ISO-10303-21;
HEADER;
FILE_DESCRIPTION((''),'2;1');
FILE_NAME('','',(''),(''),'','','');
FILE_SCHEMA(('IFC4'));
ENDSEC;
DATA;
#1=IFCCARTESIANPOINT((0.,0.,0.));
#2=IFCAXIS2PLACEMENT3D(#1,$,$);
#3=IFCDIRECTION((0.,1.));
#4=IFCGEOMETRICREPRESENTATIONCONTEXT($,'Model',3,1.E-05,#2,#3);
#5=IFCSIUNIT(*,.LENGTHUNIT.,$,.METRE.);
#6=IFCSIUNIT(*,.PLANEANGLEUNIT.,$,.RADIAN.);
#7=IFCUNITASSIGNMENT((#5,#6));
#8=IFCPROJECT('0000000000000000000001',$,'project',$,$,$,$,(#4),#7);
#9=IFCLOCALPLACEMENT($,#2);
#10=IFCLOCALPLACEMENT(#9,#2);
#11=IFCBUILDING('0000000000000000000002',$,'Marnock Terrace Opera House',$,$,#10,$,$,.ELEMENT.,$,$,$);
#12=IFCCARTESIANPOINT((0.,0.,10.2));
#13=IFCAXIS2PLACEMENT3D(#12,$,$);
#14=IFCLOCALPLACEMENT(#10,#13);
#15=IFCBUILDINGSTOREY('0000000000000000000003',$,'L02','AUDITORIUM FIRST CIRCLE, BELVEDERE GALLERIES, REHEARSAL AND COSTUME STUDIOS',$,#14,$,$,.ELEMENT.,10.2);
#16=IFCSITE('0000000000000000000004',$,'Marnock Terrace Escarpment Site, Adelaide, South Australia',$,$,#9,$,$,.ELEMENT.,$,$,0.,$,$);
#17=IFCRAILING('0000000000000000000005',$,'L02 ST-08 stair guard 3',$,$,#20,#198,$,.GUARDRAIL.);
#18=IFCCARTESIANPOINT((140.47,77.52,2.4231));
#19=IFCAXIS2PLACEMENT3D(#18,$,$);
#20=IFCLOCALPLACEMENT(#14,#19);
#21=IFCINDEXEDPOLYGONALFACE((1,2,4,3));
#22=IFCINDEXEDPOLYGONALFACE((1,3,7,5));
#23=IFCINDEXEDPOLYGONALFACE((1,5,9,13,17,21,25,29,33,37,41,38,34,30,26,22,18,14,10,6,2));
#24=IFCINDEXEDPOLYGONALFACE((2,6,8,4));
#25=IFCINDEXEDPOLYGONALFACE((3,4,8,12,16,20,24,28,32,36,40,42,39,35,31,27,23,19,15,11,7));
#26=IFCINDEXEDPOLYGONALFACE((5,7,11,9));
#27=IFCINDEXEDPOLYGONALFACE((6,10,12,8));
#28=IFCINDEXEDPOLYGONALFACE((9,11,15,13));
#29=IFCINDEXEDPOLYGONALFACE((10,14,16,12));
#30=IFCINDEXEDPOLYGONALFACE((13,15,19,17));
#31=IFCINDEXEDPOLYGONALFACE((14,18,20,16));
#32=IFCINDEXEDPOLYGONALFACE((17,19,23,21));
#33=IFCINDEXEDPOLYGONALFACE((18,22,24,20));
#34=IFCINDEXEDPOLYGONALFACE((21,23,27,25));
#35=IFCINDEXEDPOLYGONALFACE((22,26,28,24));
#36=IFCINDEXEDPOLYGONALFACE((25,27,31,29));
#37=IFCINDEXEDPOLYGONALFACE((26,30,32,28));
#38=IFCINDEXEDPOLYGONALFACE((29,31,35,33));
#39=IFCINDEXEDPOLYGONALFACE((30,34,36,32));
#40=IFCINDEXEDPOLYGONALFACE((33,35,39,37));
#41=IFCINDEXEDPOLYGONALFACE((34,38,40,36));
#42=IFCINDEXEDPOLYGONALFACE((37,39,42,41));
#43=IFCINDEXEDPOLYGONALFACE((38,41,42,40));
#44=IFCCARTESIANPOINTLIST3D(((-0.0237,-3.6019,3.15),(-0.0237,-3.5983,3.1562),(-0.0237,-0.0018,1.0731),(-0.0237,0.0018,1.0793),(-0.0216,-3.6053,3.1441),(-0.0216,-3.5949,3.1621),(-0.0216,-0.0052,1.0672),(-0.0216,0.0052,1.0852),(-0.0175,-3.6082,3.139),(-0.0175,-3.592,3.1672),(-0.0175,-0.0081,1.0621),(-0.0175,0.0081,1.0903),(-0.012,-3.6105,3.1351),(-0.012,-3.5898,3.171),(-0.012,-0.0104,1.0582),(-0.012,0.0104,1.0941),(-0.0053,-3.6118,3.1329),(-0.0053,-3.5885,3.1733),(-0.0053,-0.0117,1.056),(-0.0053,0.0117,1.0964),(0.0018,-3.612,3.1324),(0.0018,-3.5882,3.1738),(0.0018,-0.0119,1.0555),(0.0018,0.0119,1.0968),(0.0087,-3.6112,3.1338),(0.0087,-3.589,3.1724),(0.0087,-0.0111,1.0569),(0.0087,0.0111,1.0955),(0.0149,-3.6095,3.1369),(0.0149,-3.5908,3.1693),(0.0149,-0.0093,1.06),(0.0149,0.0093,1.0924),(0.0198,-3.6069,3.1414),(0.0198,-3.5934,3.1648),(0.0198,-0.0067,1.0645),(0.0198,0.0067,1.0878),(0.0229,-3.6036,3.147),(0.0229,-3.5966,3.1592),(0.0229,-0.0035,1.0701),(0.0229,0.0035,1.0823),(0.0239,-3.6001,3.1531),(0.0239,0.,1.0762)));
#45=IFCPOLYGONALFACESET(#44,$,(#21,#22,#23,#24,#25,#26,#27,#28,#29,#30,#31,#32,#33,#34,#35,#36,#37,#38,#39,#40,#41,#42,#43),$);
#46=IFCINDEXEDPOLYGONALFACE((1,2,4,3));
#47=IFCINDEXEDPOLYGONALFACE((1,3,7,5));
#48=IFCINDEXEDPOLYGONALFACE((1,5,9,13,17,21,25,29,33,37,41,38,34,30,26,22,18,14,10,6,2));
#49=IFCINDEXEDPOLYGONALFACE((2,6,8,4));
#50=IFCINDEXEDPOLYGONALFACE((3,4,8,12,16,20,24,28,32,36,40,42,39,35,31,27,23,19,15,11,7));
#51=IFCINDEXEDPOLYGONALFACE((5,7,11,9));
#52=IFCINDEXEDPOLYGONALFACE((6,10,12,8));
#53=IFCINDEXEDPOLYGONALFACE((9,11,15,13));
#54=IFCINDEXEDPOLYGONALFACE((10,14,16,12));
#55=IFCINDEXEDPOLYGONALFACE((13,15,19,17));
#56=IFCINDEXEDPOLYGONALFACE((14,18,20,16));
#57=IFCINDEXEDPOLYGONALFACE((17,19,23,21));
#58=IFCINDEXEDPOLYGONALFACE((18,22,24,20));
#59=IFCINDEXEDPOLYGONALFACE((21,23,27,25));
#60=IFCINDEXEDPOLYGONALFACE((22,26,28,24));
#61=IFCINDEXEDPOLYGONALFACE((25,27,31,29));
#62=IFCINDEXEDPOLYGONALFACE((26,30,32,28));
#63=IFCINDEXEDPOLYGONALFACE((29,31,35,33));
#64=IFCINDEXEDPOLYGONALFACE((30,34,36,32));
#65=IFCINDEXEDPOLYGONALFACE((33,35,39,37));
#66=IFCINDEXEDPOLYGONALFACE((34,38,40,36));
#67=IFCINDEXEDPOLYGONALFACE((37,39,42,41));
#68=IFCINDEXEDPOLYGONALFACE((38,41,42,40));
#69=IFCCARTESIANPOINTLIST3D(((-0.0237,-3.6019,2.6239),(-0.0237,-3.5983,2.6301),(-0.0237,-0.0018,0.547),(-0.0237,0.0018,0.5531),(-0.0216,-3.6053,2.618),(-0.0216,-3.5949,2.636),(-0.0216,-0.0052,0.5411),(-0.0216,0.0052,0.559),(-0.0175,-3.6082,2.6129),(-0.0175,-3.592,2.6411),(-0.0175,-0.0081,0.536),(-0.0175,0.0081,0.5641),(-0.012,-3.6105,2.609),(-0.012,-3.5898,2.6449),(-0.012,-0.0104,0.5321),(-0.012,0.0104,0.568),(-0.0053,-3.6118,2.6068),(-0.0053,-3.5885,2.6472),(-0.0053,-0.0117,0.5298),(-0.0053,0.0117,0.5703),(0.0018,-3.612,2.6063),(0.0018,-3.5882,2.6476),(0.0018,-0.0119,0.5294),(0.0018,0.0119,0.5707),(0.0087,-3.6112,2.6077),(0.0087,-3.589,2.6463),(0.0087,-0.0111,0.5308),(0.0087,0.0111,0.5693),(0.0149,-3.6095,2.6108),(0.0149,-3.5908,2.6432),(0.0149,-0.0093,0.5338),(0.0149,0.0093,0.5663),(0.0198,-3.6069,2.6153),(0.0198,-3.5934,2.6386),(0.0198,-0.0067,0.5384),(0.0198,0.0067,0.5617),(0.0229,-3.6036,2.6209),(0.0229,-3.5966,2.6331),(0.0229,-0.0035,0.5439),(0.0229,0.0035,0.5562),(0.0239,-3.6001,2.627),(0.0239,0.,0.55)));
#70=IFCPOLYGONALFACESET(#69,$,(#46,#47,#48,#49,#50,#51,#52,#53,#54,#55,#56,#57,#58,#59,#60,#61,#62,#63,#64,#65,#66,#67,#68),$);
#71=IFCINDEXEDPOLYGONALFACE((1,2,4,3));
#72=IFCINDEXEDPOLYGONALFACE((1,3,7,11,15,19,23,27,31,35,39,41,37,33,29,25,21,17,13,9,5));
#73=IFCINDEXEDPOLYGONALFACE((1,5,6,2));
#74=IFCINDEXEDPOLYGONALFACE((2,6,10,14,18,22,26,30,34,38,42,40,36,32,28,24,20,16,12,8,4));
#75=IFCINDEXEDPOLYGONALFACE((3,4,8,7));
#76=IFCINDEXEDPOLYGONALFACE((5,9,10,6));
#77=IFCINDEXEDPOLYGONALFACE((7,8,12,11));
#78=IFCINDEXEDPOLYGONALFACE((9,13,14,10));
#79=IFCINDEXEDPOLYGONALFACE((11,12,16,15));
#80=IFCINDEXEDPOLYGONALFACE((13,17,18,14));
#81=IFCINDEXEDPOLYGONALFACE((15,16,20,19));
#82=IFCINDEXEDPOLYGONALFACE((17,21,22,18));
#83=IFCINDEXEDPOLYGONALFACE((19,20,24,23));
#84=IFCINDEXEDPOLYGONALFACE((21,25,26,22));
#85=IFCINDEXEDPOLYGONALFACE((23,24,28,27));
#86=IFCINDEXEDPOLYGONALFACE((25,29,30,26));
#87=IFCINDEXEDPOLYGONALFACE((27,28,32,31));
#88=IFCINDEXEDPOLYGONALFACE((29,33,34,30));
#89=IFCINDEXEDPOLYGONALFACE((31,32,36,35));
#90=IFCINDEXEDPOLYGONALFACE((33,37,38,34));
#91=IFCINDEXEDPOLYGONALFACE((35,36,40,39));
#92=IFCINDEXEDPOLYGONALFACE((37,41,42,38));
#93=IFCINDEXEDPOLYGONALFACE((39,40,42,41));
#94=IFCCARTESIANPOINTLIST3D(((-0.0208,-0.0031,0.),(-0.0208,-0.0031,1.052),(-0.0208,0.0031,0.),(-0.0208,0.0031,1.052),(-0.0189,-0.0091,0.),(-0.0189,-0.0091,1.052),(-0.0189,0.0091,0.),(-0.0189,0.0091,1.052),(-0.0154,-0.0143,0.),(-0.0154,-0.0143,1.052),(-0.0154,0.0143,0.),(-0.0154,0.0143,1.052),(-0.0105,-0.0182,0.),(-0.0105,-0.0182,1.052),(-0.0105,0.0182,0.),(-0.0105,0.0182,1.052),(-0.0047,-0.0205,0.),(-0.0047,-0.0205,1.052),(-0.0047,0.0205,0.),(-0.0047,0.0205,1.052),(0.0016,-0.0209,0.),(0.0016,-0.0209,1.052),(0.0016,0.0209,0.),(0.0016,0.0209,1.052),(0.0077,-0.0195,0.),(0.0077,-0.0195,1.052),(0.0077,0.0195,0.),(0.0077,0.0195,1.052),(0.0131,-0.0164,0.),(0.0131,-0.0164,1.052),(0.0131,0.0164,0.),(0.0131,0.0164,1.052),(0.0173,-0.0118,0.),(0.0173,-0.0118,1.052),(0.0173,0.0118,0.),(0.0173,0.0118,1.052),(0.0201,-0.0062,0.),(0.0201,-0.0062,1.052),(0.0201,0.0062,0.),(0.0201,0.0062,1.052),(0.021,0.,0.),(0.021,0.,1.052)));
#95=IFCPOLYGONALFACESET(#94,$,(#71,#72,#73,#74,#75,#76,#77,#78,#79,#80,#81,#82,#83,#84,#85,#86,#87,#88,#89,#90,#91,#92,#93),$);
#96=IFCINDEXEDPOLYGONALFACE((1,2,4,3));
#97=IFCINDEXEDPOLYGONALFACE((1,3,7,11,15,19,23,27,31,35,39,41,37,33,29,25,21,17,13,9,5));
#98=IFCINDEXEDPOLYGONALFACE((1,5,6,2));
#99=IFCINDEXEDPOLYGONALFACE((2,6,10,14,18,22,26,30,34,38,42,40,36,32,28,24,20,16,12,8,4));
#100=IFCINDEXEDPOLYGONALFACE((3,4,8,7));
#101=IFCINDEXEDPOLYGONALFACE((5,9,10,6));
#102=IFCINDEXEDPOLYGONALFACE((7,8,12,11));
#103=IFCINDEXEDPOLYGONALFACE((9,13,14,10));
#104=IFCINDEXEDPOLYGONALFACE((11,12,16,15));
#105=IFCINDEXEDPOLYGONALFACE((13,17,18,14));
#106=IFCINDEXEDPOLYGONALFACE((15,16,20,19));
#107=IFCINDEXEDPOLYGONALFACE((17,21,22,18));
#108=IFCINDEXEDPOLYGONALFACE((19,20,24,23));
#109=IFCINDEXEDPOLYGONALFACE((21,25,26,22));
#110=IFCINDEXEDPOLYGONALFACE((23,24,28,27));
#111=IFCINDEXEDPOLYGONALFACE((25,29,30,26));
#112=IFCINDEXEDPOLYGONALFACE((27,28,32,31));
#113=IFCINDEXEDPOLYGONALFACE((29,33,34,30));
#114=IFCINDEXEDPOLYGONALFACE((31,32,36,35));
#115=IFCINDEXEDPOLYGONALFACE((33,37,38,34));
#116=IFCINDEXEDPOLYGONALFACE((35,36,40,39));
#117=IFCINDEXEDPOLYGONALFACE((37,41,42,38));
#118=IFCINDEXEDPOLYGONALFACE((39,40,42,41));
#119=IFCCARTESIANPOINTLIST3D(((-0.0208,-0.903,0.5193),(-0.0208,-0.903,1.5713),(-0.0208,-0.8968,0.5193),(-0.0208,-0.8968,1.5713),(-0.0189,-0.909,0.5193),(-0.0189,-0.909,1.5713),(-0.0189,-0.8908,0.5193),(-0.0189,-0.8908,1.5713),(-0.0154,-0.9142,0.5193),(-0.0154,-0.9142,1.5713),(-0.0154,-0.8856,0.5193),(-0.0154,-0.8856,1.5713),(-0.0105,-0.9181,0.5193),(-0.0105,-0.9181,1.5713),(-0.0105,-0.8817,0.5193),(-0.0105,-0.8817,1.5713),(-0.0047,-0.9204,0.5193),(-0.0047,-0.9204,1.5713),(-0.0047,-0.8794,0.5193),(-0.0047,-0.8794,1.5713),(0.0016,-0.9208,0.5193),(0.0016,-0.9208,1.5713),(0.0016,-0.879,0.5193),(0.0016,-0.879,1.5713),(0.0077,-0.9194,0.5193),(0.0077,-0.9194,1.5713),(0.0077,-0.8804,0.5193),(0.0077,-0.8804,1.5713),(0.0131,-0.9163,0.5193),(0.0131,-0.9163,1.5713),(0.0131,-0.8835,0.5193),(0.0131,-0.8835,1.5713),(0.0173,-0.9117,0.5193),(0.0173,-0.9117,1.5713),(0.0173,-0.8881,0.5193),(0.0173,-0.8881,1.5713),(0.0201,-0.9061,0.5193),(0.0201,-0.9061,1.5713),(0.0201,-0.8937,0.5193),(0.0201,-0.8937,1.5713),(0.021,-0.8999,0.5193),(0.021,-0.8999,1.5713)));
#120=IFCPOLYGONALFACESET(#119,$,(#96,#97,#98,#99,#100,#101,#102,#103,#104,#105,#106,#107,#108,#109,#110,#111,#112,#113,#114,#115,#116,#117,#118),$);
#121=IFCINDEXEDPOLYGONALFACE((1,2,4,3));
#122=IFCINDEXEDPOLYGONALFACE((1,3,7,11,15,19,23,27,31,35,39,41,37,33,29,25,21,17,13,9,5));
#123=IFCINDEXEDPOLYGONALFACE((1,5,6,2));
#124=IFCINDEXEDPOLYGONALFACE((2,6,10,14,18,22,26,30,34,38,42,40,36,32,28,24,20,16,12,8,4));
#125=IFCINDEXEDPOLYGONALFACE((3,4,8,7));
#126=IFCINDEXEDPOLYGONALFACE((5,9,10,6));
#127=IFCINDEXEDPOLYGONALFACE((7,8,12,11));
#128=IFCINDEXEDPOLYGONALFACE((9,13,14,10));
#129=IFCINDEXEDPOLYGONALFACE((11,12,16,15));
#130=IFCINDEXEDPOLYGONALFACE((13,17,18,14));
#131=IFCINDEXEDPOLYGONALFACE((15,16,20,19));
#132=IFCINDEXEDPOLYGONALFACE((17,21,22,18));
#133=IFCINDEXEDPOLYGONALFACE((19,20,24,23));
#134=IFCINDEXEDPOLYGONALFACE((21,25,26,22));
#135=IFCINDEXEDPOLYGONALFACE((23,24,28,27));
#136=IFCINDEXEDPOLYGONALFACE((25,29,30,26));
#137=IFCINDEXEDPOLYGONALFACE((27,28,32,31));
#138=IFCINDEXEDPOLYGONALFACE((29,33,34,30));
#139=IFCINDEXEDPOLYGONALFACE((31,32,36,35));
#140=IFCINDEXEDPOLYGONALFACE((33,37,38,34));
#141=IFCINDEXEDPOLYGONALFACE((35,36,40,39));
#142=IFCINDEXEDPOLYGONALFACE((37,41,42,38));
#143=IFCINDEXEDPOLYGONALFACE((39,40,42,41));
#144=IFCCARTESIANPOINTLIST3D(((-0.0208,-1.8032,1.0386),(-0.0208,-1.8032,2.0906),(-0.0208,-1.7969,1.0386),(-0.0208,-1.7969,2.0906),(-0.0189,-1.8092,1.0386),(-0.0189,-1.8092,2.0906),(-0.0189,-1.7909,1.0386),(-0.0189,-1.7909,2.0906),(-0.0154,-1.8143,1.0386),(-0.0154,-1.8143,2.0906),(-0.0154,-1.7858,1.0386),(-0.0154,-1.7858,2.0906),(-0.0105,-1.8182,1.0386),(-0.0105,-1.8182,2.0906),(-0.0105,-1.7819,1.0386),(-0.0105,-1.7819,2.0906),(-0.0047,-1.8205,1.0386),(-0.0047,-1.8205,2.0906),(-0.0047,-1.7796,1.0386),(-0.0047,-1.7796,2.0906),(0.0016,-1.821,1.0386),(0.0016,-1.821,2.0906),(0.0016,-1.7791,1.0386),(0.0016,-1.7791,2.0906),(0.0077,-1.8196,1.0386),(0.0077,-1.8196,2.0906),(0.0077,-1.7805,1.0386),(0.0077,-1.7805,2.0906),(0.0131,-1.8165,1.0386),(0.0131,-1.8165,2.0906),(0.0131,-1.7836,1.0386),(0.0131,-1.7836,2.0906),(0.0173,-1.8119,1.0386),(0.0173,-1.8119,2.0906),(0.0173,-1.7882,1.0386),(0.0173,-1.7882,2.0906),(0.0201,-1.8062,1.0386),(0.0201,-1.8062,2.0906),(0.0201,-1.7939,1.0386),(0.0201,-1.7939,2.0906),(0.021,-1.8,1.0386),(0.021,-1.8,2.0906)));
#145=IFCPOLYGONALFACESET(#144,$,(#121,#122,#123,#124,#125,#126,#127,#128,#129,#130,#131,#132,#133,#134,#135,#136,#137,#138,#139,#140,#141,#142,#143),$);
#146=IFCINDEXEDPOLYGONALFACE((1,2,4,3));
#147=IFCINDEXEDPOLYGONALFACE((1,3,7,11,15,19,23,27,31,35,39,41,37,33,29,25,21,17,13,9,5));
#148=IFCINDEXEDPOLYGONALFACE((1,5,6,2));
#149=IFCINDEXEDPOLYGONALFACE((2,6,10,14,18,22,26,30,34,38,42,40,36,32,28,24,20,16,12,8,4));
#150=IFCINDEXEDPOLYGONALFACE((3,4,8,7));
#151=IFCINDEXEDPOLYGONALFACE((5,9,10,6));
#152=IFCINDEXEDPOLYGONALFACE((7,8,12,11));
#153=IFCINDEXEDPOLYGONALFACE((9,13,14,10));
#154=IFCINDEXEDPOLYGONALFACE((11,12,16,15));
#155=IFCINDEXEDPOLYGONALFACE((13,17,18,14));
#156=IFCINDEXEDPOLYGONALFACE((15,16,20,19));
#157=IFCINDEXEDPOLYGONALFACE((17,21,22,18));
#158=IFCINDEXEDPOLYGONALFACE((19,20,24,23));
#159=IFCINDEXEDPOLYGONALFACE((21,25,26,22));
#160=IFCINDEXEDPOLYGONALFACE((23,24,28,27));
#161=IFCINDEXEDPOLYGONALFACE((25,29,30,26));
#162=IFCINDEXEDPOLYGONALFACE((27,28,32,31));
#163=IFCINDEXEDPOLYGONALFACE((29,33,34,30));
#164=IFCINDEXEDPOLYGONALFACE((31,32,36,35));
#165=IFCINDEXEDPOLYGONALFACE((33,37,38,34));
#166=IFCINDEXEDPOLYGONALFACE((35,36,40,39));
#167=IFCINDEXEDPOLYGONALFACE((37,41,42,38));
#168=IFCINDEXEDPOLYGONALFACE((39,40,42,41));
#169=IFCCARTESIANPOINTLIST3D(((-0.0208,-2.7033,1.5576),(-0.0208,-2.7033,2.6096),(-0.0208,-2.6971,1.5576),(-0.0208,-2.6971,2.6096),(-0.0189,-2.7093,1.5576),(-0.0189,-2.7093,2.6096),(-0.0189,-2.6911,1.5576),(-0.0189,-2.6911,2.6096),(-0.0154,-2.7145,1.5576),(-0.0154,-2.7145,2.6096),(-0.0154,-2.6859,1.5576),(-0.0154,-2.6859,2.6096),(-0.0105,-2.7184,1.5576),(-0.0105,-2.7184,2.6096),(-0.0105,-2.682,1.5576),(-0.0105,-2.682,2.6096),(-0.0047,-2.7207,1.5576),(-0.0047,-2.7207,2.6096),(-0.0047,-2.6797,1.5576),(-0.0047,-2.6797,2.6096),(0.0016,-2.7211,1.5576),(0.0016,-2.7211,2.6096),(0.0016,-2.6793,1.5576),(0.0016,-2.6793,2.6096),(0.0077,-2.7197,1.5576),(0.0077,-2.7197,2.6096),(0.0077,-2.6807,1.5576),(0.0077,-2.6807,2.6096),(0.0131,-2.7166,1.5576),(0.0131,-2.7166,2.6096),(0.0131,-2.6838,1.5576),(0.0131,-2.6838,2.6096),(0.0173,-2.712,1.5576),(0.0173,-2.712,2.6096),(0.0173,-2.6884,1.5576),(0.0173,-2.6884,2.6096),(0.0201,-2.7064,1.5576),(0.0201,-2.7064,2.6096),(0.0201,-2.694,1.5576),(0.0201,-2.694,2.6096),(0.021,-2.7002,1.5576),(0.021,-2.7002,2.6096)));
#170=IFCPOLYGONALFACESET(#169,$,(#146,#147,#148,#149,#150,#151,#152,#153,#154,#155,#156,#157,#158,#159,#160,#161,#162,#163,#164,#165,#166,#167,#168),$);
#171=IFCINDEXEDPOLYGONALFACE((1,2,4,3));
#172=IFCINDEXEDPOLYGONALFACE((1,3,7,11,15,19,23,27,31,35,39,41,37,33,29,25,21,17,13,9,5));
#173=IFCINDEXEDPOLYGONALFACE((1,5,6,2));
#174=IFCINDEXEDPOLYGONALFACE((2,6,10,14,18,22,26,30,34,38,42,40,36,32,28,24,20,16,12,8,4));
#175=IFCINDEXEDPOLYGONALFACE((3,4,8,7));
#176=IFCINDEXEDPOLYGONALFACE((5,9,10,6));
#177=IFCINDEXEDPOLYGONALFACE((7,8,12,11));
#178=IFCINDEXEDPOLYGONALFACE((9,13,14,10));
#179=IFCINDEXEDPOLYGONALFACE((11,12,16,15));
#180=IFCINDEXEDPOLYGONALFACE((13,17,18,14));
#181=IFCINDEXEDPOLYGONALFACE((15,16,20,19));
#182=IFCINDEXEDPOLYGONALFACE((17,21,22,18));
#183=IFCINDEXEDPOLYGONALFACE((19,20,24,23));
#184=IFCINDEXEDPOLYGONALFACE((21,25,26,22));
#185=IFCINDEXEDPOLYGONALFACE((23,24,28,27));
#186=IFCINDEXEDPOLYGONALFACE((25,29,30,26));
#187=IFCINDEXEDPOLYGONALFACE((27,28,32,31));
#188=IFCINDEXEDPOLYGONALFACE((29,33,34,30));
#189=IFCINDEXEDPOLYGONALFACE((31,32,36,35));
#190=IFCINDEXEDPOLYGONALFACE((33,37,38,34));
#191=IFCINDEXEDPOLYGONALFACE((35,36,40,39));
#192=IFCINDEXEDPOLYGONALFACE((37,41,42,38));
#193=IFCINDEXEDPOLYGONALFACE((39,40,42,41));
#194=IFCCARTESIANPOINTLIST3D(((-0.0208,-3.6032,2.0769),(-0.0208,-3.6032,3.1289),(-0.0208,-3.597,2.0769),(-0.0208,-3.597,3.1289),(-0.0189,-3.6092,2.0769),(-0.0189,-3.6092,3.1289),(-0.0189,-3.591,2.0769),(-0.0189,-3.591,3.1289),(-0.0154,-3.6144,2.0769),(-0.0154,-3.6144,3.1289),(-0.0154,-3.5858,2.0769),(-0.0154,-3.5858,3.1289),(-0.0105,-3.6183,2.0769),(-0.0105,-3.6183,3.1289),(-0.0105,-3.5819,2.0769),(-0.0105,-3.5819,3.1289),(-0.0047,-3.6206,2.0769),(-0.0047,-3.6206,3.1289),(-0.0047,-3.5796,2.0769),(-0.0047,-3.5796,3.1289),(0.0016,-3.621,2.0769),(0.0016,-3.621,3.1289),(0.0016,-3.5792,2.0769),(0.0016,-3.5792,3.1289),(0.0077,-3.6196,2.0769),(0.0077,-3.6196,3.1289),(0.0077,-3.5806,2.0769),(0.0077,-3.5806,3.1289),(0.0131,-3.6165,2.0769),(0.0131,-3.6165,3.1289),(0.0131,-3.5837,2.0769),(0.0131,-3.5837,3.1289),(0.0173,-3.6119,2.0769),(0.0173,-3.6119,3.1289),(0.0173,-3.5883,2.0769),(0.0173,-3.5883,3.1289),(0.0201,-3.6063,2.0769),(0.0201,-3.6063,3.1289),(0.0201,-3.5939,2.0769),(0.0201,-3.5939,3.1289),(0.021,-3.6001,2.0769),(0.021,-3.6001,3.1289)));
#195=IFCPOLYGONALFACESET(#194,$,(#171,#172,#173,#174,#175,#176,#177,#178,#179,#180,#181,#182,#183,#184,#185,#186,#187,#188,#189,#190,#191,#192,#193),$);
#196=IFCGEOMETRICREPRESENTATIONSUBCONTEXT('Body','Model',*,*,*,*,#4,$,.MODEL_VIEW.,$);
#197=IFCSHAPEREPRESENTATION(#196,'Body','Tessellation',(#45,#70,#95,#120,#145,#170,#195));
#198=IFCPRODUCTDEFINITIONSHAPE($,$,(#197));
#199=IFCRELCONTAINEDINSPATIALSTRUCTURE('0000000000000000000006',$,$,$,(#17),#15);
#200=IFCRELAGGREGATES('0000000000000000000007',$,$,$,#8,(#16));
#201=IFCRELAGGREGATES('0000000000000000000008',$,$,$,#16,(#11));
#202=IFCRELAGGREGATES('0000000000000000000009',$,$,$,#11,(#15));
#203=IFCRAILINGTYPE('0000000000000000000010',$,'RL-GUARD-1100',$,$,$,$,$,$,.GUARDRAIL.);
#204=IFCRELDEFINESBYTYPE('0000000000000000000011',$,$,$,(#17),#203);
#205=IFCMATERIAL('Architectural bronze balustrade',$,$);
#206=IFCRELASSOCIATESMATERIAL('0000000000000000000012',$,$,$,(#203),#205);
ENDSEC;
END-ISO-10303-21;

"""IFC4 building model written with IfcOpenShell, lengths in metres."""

from ifc_helpers import new_model, si_unit, direction, frame, origin, origin_2d, place, context, subcontext, project, spatial, circle, extrude, material, type_object, element, save


model = new_model("IFC4")

# Units and contexts
model_context = context("Model", 3, precision=1e-05, world=origin(), true_north=direction((0.0, 1.0)))
body_context = subcontext(model_context, "Body", "Model", "MODEL_VIEW")
ifc_project = project(units=[si_unit("LENGTHUNIT", "METRE"), si_unit("PLANEANGLEUNIT", "RADIAN")], contexts=[model_context])

# Site, building, storey
site_placement = place(None, origin())
site = spatial("IfcSite", under=ifc_project, at=site_placement, Name="Marnock Terrace Escarpment Site, Adelaide, South Australia", CompositionType="ELEMENT", RefElevation=0.0)
building_placement = place(site_placement, origin())
building = spatial("IfcBuilding", under=site, at=building_placement, Name="Marnock Terrace Opera House", CompositionType="ELEMENT")
storey_placement = place(building_placement, frame((0.0, 0.0, 10.2)))
storey = spatial("IfcBuildingStorey", under=building, at=storey_placement, Name="L02", Description="AUDITORIUM FIRST CIRCLE, BELVEDERE GALLERIES, REHEARSAL AND COSTUME STUDIOS", CompositionType="ELEMENT", Elevation=10.2)

# Railing
ifc_material_1 = material(Name="Architectural bronze balustrade")
railing_type_1 = type_object("IfcRailingType", Name="RL-GUARD-1100", PredefinedType="GUARDRAIL", material=ifc_material_1)
railing_1_placement = place(storey_placement, frame((140.47, 77.52, 2.4231)))
element("IfcRailing", 1, at=railing_1_placement, inside=storey, type_object=railing_type_1, Name="L02 ST-08 stair guard 3", PredefinedType="GUARDRAIL", context=body_context, shape_type="SweptSolid", body=[
    extrude(circle(Radius=0.0239, at=origin_2d()), frame((0.0, 0.0, 1.0762), z_axis=(0.0, -0.866193, 0.499709), x_axis=(1.0, 0.0, 0.0)), (0.0, 0.0, 1.0), 4.1562),
    extrude(circle(Radius=0.0239, at=origin_2d()), frame((0.0, 0.0, 0.55), z_axis=(0.0, -0.866193, 0.499709), x_axis=(1.0, 0.0, 0.0)), (0.0, 0.0, 1.0), 4.1562),
    extrude(circle(Radius=0.021, at=origin_2d()), origin(), (0.0, 0.0, 1.0), 1.052),
    extrude(circle(Radius=0.021, at=origin_2d()), frame((0.0, -0.8999, 0.5193)), (0.0, 0.0, 1.0), 1.052),
    extrude(circle(Radius=0.021, at=origin_2d()), frame((0.0, -1.8, 1.0386)), (0.0, 0.0, 1.0), 1.052),
    extrude(circle(Radius=0.021, at=origin_2d()), frame((0.0, -2.7002, 1.5576)), (0.0, 0.0, 1.0), 1.052),
    extrude(circle(Radius=0.021, at=origin_2d()), frame((0.0, -3.6001, 2.0769)), (0.0, 0.0, 1.0), 1.052),
])

save(model, "model.ifc")
